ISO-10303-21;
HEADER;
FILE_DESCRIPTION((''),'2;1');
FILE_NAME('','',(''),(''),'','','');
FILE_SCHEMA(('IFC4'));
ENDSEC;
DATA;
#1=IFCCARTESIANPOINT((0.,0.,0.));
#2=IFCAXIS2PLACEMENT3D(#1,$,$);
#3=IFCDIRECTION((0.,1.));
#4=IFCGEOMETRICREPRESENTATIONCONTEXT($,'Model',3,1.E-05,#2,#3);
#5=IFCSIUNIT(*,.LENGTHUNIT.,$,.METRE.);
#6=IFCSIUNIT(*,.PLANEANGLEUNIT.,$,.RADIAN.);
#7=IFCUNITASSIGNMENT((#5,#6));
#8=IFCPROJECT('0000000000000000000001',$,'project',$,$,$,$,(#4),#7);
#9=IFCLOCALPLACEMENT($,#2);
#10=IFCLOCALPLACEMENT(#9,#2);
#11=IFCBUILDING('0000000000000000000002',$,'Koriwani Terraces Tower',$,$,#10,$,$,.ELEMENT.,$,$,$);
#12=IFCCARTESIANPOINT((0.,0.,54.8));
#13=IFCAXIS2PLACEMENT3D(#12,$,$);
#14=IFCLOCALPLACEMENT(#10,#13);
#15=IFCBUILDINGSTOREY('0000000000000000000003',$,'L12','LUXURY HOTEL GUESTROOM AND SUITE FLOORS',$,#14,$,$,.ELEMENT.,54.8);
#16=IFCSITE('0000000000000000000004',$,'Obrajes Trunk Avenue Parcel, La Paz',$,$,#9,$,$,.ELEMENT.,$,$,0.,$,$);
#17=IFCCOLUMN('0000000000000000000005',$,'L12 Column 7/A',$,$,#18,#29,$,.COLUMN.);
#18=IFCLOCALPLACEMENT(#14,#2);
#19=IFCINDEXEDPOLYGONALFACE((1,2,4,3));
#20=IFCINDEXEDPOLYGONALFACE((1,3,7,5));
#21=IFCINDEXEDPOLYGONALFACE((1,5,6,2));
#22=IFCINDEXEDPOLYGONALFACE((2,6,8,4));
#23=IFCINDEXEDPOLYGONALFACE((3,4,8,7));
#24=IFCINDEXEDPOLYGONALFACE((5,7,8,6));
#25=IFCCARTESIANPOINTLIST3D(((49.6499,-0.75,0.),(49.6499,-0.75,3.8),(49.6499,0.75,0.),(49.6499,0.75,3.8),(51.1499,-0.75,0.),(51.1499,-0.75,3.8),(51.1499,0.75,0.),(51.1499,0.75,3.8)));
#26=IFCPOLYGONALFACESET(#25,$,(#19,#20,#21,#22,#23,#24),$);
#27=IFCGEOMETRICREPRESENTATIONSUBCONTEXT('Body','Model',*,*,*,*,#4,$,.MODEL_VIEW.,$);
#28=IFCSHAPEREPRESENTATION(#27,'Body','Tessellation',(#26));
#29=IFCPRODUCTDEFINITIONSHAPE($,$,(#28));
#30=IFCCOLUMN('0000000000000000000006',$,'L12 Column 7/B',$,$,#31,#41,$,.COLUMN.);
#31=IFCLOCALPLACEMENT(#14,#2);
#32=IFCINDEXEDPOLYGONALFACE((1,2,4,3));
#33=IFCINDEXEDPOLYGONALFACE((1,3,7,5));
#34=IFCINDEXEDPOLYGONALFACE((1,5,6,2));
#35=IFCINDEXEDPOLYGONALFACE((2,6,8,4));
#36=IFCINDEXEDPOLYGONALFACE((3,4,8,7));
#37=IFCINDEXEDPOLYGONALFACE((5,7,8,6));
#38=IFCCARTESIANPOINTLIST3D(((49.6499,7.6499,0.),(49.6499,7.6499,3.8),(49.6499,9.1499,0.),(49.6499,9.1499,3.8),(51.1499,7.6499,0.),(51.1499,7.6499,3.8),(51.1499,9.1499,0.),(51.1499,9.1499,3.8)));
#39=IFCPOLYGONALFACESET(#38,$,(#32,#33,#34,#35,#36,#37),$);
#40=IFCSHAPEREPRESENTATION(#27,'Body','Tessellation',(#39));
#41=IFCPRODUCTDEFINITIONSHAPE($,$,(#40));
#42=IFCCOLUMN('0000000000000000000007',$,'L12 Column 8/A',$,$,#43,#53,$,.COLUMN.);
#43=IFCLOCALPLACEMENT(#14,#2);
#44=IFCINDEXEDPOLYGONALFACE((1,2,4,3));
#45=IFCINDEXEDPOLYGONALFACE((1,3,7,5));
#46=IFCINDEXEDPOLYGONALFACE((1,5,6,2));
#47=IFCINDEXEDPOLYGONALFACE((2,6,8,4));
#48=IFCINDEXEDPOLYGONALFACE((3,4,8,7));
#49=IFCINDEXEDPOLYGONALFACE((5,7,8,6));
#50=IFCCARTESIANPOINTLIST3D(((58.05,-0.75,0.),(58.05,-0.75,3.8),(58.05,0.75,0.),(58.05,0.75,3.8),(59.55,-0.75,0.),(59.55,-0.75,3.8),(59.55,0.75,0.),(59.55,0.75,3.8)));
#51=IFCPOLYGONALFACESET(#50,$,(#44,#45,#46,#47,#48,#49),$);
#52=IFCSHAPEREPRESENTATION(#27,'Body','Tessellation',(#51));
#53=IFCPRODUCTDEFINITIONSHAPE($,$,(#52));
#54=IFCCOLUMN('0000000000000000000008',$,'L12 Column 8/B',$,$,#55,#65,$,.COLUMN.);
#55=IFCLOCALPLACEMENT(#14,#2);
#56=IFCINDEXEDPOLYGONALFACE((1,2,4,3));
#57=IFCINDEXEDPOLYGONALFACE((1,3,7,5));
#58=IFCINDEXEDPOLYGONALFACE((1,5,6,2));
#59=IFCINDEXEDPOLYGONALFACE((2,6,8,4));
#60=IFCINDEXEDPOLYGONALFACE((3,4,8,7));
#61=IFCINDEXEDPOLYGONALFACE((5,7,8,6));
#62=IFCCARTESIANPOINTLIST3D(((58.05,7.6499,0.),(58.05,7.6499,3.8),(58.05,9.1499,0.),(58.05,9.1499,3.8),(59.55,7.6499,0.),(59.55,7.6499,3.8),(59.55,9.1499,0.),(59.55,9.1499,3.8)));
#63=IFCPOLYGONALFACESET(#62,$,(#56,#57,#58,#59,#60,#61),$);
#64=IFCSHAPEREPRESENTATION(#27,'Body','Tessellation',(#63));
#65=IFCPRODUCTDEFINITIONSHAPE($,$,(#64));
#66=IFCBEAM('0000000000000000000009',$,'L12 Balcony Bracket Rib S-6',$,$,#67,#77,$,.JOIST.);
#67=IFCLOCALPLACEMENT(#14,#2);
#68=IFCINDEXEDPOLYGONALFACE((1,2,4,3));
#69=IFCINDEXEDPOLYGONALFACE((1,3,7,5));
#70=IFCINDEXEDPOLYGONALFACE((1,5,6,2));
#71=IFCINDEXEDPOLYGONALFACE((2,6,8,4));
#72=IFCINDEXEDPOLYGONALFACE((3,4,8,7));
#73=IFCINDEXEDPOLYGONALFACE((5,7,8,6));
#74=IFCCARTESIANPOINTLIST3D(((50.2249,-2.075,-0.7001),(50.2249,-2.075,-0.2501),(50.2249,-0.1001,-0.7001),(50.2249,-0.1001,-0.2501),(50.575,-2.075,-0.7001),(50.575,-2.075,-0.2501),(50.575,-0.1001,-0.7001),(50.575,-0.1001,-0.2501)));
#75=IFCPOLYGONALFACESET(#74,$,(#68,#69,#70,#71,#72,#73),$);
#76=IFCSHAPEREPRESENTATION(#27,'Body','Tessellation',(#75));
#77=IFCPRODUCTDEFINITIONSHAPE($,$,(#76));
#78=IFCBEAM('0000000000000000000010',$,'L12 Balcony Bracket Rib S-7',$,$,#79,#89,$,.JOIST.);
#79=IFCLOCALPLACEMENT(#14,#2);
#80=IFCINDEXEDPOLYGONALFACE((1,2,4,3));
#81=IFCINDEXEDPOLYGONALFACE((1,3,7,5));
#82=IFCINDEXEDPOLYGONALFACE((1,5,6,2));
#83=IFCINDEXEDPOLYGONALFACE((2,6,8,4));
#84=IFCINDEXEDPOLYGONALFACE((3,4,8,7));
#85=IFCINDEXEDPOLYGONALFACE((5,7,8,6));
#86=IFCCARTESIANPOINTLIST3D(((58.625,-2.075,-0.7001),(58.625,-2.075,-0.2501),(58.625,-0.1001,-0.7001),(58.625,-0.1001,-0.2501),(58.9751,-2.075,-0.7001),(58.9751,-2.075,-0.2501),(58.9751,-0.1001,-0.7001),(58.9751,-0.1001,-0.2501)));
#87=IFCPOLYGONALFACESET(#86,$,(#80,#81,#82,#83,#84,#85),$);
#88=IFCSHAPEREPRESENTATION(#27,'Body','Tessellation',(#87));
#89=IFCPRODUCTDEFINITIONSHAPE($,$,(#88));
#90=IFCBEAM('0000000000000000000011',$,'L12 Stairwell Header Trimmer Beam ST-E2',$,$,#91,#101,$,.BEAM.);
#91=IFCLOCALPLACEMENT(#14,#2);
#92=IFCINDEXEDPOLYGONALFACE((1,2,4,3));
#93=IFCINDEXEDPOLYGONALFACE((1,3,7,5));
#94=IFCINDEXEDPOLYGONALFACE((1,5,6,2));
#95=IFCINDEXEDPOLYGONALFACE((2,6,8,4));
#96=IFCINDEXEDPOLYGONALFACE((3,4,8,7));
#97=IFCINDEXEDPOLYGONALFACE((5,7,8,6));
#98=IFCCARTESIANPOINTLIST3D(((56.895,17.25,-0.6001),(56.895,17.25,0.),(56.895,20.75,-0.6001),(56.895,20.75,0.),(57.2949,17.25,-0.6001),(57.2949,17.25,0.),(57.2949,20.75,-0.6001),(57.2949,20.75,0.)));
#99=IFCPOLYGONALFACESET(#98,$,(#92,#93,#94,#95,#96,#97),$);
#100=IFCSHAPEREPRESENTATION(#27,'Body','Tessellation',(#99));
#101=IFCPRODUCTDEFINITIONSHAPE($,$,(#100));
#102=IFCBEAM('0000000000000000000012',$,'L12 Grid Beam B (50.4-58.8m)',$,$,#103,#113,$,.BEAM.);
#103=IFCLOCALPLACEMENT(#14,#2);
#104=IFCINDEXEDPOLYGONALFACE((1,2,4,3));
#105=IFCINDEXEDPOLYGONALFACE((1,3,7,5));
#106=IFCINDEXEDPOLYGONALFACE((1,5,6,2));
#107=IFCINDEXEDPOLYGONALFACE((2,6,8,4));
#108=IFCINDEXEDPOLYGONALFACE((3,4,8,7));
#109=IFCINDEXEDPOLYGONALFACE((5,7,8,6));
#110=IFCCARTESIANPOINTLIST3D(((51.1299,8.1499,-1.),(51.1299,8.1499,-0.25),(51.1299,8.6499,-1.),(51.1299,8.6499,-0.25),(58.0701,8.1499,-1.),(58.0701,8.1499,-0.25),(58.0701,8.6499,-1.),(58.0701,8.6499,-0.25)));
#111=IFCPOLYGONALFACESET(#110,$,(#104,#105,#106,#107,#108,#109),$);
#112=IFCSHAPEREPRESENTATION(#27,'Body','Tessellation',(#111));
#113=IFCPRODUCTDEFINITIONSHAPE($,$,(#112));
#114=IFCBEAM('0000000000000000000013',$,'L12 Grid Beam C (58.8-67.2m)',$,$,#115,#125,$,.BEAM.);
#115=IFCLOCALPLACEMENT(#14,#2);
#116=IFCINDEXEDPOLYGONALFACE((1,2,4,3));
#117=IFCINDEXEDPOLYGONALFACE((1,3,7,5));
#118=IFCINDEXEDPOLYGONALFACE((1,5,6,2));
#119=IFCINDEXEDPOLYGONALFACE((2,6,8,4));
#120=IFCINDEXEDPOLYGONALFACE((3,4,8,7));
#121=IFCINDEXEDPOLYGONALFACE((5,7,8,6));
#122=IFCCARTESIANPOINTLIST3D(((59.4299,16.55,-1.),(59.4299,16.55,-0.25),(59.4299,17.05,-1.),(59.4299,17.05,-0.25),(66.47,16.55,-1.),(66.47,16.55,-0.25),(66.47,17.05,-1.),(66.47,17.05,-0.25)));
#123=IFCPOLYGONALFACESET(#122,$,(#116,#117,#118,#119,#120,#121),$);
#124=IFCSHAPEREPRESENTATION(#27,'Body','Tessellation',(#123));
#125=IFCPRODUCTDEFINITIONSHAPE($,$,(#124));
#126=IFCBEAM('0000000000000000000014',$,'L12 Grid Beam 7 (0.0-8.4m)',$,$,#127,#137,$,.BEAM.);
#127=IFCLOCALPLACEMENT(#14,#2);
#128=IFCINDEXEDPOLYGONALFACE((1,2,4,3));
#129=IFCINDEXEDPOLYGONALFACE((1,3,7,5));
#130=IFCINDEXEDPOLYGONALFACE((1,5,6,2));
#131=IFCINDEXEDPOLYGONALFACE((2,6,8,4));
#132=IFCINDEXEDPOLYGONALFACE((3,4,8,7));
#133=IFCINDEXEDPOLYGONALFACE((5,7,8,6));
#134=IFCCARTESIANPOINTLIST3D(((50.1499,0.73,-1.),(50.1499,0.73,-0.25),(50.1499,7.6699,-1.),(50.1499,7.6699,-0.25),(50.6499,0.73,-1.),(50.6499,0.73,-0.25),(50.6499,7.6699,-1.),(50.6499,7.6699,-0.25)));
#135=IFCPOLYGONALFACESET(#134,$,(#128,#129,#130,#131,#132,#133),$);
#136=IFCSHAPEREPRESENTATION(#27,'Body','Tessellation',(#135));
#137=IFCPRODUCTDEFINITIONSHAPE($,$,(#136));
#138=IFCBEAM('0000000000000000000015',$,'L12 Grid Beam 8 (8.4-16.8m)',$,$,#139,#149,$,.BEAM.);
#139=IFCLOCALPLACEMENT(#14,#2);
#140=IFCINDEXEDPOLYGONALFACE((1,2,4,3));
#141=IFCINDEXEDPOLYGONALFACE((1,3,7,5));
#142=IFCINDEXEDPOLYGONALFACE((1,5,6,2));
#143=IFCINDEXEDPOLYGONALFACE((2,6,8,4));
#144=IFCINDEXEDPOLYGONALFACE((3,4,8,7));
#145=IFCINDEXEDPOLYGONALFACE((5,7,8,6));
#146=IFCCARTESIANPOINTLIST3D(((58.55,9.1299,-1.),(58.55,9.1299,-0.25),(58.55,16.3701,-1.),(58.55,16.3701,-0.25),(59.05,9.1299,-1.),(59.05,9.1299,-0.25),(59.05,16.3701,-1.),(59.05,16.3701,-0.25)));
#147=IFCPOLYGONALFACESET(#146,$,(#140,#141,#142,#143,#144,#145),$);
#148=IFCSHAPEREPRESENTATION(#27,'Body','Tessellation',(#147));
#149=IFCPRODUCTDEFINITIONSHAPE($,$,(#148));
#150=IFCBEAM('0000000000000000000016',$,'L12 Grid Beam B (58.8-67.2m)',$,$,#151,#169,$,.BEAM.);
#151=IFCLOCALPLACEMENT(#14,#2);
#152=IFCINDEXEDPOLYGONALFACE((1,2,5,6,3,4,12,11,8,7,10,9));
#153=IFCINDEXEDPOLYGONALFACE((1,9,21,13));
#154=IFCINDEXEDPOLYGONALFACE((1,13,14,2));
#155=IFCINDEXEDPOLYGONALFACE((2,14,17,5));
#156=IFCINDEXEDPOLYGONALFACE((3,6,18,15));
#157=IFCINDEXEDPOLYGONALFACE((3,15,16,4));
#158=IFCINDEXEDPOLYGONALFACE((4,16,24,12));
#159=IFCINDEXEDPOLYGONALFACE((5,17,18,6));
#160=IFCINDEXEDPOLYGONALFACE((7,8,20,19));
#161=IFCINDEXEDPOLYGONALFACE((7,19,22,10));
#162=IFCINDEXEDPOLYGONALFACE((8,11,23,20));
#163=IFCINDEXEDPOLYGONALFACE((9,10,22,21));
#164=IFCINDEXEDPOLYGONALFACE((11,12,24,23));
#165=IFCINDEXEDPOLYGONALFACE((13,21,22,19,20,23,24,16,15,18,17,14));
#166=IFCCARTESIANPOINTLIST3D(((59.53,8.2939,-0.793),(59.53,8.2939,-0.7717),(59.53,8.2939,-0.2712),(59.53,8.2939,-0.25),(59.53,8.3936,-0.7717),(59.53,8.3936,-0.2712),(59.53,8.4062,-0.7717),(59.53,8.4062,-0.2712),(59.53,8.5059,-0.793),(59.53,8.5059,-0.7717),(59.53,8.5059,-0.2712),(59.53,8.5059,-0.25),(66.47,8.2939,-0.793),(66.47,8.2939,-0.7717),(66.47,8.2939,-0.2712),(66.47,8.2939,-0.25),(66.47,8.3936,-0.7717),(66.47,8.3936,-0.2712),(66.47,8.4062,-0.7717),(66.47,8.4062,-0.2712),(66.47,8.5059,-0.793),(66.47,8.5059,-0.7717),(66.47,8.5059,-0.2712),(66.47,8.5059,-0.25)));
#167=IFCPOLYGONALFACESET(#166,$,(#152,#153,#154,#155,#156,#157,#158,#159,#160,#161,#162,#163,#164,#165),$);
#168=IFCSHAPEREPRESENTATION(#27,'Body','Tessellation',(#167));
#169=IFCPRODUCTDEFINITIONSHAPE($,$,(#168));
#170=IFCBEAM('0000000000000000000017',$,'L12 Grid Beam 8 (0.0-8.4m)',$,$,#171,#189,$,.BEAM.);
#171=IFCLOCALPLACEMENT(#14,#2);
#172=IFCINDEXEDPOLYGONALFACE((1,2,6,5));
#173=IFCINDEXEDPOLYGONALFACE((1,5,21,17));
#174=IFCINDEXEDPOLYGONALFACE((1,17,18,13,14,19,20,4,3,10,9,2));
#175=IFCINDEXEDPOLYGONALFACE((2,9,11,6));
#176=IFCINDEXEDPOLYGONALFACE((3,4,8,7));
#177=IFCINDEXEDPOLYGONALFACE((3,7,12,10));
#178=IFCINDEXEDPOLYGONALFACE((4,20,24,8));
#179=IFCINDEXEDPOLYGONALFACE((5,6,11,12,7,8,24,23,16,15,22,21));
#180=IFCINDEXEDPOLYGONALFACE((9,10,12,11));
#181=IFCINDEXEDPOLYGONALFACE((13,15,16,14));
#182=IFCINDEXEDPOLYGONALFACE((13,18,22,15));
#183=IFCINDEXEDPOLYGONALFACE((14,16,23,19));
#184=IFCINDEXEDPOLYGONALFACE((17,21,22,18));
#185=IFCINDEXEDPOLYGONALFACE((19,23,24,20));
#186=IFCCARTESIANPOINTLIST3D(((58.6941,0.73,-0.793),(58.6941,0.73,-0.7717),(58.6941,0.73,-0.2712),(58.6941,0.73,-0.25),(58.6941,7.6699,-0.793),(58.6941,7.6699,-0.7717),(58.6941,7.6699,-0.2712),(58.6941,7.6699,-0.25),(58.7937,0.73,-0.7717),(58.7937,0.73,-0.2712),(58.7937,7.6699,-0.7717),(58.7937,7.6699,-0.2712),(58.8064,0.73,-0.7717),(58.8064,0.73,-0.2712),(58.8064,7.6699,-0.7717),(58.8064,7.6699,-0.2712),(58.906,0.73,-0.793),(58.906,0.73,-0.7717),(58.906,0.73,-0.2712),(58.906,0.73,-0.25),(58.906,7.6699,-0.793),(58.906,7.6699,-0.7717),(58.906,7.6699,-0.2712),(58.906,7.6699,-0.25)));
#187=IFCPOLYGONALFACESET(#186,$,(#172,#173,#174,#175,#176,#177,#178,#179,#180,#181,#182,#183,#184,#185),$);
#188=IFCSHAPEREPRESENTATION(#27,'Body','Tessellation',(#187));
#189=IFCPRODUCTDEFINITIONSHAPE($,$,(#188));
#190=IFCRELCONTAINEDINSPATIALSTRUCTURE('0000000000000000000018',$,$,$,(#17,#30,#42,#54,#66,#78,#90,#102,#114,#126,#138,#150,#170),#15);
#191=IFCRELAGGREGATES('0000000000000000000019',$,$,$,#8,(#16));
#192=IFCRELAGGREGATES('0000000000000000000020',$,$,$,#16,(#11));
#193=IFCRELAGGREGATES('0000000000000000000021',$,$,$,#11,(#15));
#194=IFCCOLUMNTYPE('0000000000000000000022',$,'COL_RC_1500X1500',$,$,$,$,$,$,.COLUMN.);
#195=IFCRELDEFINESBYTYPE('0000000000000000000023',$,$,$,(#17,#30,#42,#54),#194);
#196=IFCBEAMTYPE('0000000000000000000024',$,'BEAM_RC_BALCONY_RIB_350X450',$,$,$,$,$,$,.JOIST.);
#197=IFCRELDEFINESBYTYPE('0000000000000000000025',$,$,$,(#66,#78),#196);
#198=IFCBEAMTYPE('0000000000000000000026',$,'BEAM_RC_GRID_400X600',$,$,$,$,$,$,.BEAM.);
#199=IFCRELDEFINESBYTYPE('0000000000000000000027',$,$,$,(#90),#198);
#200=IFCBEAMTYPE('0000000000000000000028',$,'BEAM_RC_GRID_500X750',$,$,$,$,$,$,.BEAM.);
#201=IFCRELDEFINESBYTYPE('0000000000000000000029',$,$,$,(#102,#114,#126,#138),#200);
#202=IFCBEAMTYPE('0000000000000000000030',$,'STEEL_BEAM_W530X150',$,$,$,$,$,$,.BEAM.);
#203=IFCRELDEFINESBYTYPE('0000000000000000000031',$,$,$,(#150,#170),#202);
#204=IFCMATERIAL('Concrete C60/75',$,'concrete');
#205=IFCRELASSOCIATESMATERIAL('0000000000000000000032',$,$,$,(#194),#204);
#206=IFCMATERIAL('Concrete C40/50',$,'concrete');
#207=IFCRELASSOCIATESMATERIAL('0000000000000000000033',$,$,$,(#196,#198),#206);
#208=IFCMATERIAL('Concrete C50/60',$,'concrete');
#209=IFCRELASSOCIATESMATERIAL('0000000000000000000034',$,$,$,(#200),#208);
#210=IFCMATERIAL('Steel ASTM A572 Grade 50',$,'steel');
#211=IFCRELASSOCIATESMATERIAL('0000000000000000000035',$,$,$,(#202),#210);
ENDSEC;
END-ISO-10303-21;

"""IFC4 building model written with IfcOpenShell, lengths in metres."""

from ifc_helpers import new_model, si_unit, direction, frame, origin, origin_2d, place, context, subcontext, project, spatial, rectangle, i_section, extrude, material, material_profile, profile_set, type_object, element, save


model = new_model("IFC4")

# Units and contexts
model_context = context("Model", 3, precision=1e-05, world=origin(), true_north=direction((0.0, 1.0)))
body_context = subcontext(model_context, "Body", "Model", "MODEL_VIEW")
ifc_project = project(units=[si_unit("LENGTHUNIT", "METRE"), si_unit("PLANEANGLEUNIT", "RADIAN")], contexts=[model_context])

# Site, building, storey
site_placement = place(None, origin())
site = spatial("IfcSite", under=ifc_project, at=site_placement, Name="Obrajes Trunk Avenue Parcel, La Paz", CompositionType="ELEMENT", RefElevation=0.0)
building_placement = place(site_placement, origin())
building = spatial("IfcBuilding", under=site, at=building_placement, Name="Koriwani Terraces Tower", CompositionType="ELEMENT")
storey_placement = place(building_placement, frame((0.0, 0.0, 54.8)))
storey = spatial("IfcBuildingStorey", under=building, at=storey_placement, Name="L12", Description="LUXURY HOTEL GUESTROOM AND SUITE FLOORS", CompositionType="ELEMENT", Elevation=54.8)

# Columns
ifc_material_1 = material(Name="Concrete C60/75", Category="concrete")
ifc_material_profile_1 = material_profile(ifc_material_1, rectangle(XDim=1.5, YDim=1.5, at=origin_2d()), Name="Concrete C60/75", Category="LoadBearing")
ifc_profile_set_1 = profile_set([ifc_material_profile_1], Name="Concrete C60/75")
column_type = type_object("IfcColumnType", Name="COL_RC_1500X1500", PredefinedType="COLUMN", material=ifc_profile_set_1)
for number, where, z_axis, x_axis, name in (
    (1, (50.3999, 0.0, 0.0), (0.0, 0.0, 1.0), (1.0, 0.0, 0.0), "L12 Column 7/A"),
    (2, (50.3999, 8.3999, 0.0), (0.0, 0.0, 1.0), (1.0, 0.0, 0.0), "L12 Column 7/B"),
    (3, (58.8, 0.0, 0.0), (0.0, 0.0, 1.0), (1.0, 0.0, 0.0), "L12 Column 8/A"),
    (4, (58.8, 8.3999, 0.0), (0.0, 0.0, 1.0), (1.0, 0.0, 0.0), "L12 Column 8/B"),
):
    element("IfcColumn", number, at=place(storey_placement, frame(where, z_axis=z_axis, x_axis=x_axis)), inside=storey, type_object=column_type, Name=name, PredefinedType="COLUMN", context=body_context, shape_type="SweptSolid", body=[
        extrude(rectangle(XDim=1.5, YDim=1.5, at=origin_2d()), origin(), (0.0, 0.0, 1.0), 3.8),
    ])

# Beams
ifc_material_2 = material(Name="Concrete C40/50", Category="concrete")
ifc_material_profile_2 = material_profile(ifc_material_2, rectangle(XDim=0.3501, YDim=0.45, at=origin_2d()), Name="Concrete C40/50", Category="LoadBearing")
ifc_profile_set_2 = profile_set([ifc_material_profile_2], Name="Concrete C40/50")
beam_type_1 = type_object("IfcBeamType", Name="BEAM_RC_BALCONY_RIB_350X450", PredefinedType="JOIST", material=ifc_profile_set_2)
for number, where, z_axis, x_axis, name in (
    (5, (50.3999, -2.075, -0.4751), (0.0, 1.0, 0.0), (-1.0, 0.0, 0.0), "L12 Balcony Bracket Rib S-6"),
    (6, (58.8, -2.075, -0.4751), (0.0, 1.0, 0.0), (-1.0, 0.0, 0.0), "L12 Balcony Bracket Rib S-7"),
):
    element("IfcBeam", number, at=place(storey_placement, frame(where, z_axis=z_axis, x_axis=x_axis)), inside=storey, type_object=beam_type_1, Name=name, PredefinedType="JOIST", context=body_context, shape_type="SweptSolid", body=[
        extrude(rectangle(XDim=0.3501, YDim=0.45, at=origin_2d()), origin(), (0.0, 0.0, 1.0), 1.9749),
    ])
ifc_material_profile_3 = material_profile(ifc_material_2, rectangle(XDim=0.3999, YDim=0.6001, at=origin_2d()), Name="Concrete C40/50", Category="LoadBearing")
ifc_profile_set_3 = profile_set([ifc_material_profile_3], Name="Concrete C40/50")
beam_type_2 = type_object("IfcBeamType", Name="BEAM_RC_GRID_400X600", PredefinedType="BEAM", material=ifc_profile_set_3)
beam_1_placement = place(storey_placement, frame((57.095, 17.25, -0.3), z_axis=(0.0, 1.0, 0.0), x_axis=(-1.0, 0.0, 0.0)))
element("IfcBeam", 7, at=beam_1_placement, inside=storey, type_object=beam_type_2, Name="L12 Stairwell Header Trimmer Beam ST-E2", PredefinedType="BEAM", context=body_context, shape_type="SweptSolid", body=[
    extrude(rectangle(XDim=0.3999, YDim=0.6001, at=origin_2d()), origin(), (0.0, 0.0, 1.0), 3.5),
])
ifc_material_3 = material(Name="Concrete C50/60", Category="concrete")
ifc_material_profile_4 = material_profile(ifc_material_3, rectangle(XDim=0.5, YDim=0.75, at=origin_2d()), Name="Concrete C50/60", Category="LoadBearing")
ifc_profile_set_4 = profile_set([ifc_material_profile_4], Name="Concrete C50/60")
beam_type_3 = type_object("IfcBeamType", Name="BEAM_RC_GRID_500X750", PredefinedType="BEAM", material=ifc_profile_set_4)
beam_2_placement = place(storey_placement, frame((51.1299, 8.3999, -0.625), z_axis=(1.0, 0.0, 0.0), x_axis=(0.0, 1.0, 0.0)))
element("IfcBeam", 8, at=beam_2_placement, inside=storey, type_object=beam_type_3, Name="L12 Grid Beam B (50.4-58.8m)", PredefinedType="BEAM", context=body_context, shape_type="SweptSolid", body=[
    extrude(rectangle(XDim=0.5, YDim=0.75, at=origin_2d()), origin(), (0.0, 0.0, 1.0), 6.9402),
])
beam_3_placement = place(storey_placement, frame((59.4299, 16.8, -0.625), z_axis=(1.0, 0.0, 0.0), x_axis=(0.0, 1.0, 0.0)))
element("IfcBeam", 9, at=beam_3_placement, inside=storey, type_object=beam_type_3, Name="L12 Grid Beam C (58.8-67.2m)", PredefinedType="BEAM", context=body_context, shape_type="SweptSolid", body=[
    extrude(rectangle(XDim=0.5, YDim=0.75, at=origin_2d()), origin(), (0.0, 0.0, 1.0), 7.04),
])
beam_4_placement = place(storey_placement, frame((50.3999, 0.73, -0.625), z_axis=(0.0, 1.0, 0.0), x_axis=(-1.0, 0.0, 0.0)))
element("IfcBeam", 10, at=beam_4_placement, inside=storey, type_object=beam_type_3, Name="L12 Grid Beam 7 (0.0-8.4m)", PredefinedType="BEAM", context=body_context, shape_type="SweptSolid", body=[
    extrude(rectangle(XDim=0.5, YDim=0.75, at=origin_2d()), origin(), (0.0, 0.0, 1.0), 6.9399),
])
beam_5_placement = place(storey_placement, frame((58.8, 9.1299, -0.625), z_axis=(0.0, 1.0, 0.0), x_axis=(-1.0, 0.0, 0.0)))
element("IfcBeam", 11, at=beam_5_placement, inside=storey, type_object=beam_type_3, Name="L12 Grid Beam 8 (8.4-16.8m)", PredefinedType="BEAM", context=body_context, shape_type="SweptSolid", body=[
    extrude(rectangle(XDim=0.5, YDim=0.75, at=origin_2d()), origin(), (0.0, 0.0, 1.0), 7.2402),
])
ifc_material_4 = material(Name="Steel ASTM A572 Grade 50", Category="steel")
ifc_material_profile_5 = material_profile(ifc_material_4, i_section(OverallWidth=0.2119, OverallDepth=0.543, WebThickness=0.0127, FlangeThickness=0.0212, at=origin_2d()), Name="Steel ASTM A572 Grade 50", Category="LoadBearing")
ifc_profile_set_5 = profile_set([ifc_material_profile_5], Name="Steel ASTM A572 Grade 50")
beam_type_4 = type_object("IfcBeamType", Name="STEEL_BEAM_W530X150", PredefinedType="BEAM", material=ifc_profile_set_5)
for number, where, z_axis, x_axis, name in (
    (12, (59.53, 8.3999, -0.5215), (1.0, 0.0, 0.0), (0.0, 1.0, 0.0), "L12 Grid Beam B (58.8-67.2m)"),
    (13, (58.8, 0.73, -0.5215), (0.0, 1.0, 0.0), (-1.0, 0.0, 0.0), "L12 Grid Beam 8 (0.0-8.4m)"),
):
    element("IfcBeam", number, at=place(storey_placement, frame(where, z_axis=z_axis, x_axis=x_axis)), inside=storey, type_object=beam_type_4, Name=name, PredefinedType="BEAM", context=body_context, shape_type="SweptSolid", body=[
        extrude(i_section(OverallWidth=0.2119, OverallDepth=0.543, WebThickness=0.0127, FlangeThickness=0.0212, at=origin_2d()), origin(), (0.0, 0.0, 1.0), 6.9399),
    ])

save(model, "model.ifc")
